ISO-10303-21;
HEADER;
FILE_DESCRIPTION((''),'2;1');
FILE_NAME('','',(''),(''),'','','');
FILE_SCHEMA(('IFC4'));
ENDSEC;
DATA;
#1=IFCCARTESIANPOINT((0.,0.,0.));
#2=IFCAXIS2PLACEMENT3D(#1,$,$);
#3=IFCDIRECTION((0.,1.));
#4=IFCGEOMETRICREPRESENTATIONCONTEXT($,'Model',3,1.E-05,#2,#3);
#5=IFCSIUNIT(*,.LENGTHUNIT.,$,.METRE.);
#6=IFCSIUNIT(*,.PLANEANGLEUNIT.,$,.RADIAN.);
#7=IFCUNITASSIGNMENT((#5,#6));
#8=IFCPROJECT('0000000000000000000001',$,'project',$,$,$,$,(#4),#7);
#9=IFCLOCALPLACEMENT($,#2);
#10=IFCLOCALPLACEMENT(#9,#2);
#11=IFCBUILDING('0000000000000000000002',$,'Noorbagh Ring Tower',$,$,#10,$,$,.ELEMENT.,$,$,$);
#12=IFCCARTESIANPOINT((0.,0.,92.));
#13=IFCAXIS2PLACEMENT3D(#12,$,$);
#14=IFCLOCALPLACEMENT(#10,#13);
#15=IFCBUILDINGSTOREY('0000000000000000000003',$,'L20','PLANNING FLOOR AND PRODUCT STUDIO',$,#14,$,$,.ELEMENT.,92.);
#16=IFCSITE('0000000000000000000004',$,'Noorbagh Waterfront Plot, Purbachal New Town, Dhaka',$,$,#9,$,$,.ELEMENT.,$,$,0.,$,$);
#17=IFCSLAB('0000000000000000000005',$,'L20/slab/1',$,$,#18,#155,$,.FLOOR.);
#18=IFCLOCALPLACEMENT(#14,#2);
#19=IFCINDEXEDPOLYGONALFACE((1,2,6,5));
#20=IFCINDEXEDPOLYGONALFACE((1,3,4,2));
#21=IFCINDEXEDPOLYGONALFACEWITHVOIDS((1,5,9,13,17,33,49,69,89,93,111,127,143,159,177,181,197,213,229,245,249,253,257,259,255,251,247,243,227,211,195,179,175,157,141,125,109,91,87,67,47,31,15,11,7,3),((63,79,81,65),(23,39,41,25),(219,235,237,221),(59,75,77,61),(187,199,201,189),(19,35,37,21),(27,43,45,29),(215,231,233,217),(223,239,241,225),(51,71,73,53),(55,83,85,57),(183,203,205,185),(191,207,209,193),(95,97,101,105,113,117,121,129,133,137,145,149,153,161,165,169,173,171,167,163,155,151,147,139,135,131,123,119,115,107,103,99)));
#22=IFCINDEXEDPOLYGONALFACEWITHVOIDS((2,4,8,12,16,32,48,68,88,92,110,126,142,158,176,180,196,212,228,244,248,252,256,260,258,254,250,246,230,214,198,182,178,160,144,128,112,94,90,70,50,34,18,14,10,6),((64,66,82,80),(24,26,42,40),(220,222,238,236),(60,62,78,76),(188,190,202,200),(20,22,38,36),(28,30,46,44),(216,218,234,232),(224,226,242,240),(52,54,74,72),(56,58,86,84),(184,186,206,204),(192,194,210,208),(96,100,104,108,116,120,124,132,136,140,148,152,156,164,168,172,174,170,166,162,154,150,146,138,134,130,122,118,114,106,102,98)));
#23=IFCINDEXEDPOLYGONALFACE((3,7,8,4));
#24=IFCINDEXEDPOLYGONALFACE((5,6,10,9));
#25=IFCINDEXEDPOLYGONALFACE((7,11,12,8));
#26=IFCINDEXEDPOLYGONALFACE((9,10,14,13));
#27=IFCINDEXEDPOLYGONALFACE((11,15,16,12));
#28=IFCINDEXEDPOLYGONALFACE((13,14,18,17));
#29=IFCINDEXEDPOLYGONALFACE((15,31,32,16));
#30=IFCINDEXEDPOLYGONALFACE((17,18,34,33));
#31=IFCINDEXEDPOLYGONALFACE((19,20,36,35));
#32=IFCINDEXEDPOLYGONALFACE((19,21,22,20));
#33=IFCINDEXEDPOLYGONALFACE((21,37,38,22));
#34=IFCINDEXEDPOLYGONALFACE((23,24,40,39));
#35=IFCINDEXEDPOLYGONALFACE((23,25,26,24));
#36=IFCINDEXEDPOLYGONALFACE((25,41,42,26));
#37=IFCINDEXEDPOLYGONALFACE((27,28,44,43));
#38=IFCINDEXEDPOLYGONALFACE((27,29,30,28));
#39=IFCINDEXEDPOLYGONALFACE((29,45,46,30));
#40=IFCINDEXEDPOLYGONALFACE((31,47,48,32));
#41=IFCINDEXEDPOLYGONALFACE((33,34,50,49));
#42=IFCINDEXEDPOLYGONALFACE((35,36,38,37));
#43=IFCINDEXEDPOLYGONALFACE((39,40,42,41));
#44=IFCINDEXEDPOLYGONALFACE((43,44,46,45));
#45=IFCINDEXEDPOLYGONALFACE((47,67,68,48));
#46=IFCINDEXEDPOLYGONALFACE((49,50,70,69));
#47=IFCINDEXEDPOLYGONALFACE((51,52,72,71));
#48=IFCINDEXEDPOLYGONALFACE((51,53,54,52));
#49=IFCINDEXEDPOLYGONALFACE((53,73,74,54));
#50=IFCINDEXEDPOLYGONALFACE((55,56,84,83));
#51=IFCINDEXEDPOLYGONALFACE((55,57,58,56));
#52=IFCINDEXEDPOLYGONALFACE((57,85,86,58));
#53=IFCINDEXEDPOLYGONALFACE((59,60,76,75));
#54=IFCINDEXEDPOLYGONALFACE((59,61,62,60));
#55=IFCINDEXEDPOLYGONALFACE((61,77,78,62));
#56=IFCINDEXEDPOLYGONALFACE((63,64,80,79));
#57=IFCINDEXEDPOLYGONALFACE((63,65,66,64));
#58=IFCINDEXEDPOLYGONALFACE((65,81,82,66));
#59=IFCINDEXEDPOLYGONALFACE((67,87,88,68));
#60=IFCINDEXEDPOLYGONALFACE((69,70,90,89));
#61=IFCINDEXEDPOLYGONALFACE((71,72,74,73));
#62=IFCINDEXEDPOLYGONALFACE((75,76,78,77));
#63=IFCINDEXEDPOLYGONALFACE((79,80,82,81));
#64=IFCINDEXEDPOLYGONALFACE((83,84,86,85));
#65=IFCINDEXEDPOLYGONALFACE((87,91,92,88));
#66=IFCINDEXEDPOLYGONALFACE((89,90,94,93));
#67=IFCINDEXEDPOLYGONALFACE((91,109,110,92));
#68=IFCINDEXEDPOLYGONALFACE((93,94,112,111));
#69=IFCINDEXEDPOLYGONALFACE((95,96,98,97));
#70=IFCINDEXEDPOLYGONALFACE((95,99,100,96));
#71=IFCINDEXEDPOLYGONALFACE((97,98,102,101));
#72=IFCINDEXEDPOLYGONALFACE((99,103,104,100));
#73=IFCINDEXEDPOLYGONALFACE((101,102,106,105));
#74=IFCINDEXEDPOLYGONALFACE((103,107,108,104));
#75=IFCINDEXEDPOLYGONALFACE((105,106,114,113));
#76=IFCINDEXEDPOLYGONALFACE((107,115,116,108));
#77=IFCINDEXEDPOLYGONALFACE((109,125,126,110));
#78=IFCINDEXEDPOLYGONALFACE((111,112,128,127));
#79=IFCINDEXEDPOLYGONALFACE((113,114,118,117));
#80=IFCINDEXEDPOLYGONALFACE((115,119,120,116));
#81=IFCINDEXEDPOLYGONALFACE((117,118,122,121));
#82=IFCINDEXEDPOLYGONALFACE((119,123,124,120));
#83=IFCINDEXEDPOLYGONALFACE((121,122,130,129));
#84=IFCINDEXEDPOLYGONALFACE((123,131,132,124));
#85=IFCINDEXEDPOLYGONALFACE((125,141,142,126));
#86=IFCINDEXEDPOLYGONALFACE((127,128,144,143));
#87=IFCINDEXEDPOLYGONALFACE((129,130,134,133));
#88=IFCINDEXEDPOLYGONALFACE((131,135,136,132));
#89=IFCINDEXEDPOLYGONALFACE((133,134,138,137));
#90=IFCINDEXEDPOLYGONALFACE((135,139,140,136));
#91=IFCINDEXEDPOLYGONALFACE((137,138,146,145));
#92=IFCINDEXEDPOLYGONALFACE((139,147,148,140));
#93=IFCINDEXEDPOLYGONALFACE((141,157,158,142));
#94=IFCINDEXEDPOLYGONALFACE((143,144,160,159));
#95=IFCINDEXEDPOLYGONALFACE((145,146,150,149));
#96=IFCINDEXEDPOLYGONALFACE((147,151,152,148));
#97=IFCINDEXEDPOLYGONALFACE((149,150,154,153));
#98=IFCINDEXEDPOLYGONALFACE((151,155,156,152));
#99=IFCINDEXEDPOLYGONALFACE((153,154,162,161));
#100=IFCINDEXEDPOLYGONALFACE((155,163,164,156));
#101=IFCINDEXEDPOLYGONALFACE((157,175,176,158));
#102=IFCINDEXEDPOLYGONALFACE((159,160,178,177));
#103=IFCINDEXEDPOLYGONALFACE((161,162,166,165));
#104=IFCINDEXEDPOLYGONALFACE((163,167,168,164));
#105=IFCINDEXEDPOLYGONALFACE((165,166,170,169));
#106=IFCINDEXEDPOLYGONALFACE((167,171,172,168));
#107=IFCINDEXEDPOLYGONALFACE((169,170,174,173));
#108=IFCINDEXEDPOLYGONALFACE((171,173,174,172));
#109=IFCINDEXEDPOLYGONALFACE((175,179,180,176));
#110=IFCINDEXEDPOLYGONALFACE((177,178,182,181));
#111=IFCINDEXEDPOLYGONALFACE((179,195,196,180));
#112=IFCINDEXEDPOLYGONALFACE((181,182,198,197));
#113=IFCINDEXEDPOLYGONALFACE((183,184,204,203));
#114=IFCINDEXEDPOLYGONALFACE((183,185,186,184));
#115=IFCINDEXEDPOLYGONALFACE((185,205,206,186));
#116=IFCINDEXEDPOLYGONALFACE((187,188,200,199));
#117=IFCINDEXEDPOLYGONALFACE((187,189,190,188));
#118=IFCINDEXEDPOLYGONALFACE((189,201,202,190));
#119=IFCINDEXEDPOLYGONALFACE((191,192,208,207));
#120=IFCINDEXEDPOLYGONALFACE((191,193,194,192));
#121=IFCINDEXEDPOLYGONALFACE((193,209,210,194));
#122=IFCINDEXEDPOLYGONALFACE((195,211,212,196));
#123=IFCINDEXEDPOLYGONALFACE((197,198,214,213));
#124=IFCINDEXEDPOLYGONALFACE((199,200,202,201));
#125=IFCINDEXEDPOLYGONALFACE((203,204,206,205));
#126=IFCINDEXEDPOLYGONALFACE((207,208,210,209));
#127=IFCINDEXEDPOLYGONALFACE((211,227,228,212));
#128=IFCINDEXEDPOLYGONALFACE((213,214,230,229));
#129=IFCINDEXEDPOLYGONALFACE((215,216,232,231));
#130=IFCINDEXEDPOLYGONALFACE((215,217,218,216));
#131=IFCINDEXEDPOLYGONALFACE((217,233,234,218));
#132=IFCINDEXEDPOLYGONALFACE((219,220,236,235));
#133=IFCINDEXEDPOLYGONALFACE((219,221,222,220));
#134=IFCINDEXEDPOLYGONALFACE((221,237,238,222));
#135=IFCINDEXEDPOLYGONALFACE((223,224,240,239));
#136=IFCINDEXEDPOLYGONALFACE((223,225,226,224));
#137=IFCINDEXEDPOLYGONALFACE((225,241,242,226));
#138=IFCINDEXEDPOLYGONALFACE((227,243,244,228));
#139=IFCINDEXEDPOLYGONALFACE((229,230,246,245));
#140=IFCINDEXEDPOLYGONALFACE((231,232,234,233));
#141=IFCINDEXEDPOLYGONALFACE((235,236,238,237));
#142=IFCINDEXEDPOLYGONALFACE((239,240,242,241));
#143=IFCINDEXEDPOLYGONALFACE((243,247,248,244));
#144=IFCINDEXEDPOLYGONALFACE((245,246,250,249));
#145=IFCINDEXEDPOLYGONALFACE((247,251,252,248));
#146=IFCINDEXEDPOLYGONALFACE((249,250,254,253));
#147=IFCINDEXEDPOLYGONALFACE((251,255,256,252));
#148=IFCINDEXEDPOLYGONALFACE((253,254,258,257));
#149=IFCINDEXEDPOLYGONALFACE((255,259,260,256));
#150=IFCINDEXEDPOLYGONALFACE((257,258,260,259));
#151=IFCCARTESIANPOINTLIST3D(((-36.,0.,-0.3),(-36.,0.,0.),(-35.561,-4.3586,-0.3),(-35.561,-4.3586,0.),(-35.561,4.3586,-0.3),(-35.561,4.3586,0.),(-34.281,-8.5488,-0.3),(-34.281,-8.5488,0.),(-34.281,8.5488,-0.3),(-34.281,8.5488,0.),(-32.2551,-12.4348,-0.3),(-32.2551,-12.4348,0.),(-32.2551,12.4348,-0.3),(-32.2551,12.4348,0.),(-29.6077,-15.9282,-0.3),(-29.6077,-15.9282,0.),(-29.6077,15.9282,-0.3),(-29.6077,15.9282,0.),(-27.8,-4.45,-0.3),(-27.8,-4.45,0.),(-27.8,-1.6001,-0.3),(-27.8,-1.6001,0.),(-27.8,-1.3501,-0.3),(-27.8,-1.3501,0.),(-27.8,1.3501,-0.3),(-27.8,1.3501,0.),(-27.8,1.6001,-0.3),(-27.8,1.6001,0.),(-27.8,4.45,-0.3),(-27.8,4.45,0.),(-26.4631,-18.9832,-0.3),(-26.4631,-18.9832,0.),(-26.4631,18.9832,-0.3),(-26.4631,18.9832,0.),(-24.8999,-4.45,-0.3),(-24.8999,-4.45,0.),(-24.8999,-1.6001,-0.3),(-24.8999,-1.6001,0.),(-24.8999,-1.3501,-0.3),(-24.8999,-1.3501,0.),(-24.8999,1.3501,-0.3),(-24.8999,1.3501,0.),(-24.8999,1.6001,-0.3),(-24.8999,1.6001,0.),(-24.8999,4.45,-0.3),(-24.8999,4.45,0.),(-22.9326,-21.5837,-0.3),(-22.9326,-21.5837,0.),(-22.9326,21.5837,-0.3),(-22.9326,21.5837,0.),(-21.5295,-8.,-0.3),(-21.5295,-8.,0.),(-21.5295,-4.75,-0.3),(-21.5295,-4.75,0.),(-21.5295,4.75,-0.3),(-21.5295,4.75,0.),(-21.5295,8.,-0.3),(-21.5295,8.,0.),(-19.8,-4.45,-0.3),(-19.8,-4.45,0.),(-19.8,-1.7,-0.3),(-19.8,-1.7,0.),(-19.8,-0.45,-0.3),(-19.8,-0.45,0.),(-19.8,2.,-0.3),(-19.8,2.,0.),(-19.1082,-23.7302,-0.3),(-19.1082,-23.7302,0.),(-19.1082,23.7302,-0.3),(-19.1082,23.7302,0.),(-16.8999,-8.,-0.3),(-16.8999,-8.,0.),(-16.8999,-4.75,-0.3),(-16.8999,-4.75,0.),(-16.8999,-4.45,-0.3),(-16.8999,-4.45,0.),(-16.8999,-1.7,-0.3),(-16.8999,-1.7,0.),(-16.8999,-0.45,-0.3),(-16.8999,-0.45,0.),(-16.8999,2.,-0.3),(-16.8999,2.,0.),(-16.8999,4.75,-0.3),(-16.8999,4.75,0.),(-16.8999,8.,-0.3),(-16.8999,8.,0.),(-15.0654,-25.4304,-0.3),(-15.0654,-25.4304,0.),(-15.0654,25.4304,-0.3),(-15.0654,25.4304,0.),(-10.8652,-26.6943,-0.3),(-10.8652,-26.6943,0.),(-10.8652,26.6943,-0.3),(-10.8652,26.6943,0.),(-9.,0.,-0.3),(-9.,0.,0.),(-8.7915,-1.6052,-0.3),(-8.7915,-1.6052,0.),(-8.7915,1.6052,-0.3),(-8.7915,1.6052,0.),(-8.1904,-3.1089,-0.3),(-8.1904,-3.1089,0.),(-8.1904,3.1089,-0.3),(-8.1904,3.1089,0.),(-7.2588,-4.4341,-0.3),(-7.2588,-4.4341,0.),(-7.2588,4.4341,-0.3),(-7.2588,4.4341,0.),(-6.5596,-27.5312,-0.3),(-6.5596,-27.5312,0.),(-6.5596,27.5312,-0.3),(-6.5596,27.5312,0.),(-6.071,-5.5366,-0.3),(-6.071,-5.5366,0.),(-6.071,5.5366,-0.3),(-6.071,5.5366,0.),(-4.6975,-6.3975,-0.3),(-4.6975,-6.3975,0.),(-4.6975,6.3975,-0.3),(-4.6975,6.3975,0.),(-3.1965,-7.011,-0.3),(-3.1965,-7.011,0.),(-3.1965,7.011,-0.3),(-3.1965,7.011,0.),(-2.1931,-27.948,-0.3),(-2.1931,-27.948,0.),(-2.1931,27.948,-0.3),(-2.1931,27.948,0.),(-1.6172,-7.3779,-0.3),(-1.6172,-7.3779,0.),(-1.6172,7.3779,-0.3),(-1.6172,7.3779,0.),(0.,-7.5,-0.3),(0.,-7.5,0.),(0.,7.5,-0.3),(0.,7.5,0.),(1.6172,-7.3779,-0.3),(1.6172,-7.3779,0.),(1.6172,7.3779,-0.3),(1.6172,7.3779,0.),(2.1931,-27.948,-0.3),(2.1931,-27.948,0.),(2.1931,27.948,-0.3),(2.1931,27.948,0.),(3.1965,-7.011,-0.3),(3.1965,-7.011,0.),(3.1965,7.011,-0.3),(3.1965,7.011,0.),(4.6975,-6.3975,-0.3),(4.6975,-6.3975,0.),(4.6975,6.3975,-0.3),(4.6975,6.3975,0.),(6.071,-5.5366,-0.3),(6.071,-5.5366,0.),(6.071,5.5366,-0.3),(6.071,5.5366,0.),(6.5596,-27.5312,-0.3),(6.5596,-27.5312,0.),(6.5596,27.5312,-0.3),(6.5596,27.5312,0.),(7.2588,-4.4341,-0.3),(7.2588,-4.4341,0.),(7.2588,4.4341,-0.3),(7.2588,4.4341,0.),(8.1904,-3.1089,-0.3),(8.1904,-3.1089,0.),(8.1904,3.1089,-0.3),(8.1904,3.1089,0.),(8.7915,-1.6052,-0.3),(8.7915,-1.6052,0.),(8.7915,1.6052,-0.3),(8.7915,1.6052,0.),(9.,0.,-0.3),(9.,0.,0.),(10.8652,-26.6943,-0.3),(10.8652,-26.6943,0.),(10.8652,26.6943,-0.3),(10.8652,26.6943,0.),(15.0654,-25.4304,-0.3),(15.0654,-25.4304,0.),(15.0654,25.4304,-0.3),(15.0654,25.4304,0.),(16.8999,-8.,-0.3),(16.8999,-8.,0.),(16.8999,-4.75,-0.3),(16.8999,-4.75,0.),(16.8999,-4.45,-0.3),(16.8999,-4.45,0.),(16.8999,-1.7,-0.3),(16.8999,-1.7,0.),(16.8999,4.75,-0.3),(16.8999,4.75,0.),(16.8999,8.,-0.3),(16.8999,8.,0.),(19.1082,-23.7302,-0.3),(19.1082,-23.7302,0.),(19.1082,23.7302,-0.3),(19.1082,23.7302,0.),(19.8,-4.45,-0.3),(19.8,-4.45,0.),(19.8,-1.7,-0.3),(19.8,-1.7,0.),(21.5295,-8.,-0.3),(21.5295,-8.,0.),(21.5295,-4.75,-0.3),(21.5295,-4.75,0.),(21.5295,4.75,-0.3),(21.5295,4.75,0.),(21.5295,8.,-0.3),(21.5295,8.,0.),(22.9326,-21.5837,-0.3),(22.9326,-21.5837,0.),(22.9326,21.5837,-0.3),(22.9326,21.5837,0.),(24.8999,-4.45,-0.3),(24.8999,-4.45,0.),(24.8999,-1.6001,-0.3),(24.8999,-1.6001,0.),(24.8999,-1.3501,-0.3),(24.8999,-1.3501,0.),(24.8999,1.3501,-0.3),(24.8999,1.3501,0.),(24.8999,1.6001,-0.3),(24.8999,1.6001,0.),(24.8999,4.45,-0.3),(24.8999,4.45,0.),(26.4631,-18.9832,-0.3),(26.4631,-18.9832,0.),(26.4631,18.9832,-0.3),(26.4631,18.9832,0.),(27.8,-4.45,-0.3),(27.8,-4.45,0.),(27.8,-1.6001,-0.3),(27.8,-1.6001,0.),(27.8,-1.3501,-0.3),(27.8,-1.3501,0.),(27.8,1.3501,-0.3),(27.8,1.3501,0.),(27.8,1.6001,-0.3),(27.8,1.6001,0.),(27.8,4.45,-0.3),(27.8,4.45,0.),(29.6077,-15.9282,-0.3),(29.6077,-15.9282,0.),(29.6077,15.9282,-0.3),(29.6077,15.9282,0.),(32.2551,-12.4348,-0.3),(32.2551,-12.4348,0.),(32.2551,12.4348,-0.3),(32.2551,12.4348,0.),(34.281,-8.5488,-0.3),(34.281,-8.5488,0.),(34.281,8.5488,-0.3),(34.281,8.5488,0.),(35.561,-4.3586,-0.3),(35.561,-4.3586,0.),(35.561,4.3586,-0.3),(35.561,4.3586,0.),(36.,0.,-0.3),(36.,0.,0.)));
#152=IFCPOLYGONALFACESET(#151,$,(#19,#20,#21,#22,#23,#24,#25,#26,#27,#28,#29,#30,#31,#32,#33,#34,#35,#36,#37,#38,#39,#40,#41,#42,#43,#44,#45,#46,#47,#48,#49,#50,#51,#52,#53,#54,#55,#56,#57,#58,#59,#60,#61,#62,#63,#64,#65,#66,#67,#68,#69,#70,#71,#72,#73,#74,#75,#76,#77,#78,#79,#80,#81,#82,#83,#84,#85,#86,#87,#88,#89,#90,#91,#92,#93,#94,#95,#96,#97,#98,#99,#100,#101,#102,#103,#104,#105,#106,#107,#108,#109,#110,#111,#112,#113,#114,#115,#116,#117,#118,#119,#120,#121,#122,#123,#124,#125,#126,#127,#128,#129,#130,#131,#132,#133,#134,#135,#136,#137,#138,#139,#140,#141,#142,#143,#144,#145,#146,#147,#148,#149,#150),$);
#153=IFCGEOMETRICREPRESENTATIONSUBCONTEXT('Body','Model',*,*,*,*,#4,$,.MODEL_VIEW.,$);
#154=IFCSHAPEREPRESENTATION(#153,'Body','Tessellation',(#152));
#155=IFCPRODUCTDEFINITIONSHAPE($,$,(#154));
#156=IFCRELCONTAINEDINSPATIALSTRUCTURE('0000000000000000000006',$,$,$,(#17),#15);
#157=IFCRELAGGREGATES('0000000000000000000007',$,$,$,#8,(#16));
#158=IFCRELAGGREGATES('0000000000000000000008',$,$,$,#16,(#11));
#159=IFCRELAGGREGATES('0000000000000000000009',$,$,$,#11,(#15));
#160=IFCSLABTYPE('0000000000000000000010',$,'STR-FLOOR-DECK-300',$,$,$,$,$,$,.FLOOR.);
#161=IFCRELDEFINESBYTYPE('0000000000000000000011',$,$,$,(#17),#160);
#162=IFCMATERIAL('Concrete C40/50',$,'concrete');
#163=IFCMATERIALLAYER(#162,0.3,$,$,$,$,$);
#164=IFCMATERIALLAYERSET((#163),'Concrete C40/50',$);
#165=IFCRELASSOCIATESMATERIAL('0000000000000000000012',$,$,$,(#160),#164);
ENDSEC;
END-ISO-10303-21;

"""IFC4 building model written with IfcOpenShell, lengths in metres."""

from ifc_helpers import new_model, si_unit, direction, frame, origin, place, context, subcontext, project, spatial, polyline, outline, extrude, material, layer, layer_set, type_object, element, save


model = new_model("IFC4")

# Units and contexts
model_context = context("Model", 3, precision=1e-05, world=origin(), true_north=direction((0.0, 1.0)))
body_context = subcontext(model_context, "Body", "Model", "MODEL_VIEW")
ifc_project = project(units=[si_unit("LENGTHUNIT", "METRE"), si_unit("PLANEANGLEUNIT", "RADIAN")], contexts=[model_context])

# Site, building, storey
site_placement = place(None, origin())
site = spatial("IfcSite", under=ifc_project, at=site_placement, Name="Noorbagh Waterfront Plot, Purbachal New Town, Dhaka", CompositionType="ELEMENT", RefElevation=0.0)
building_placement = place(site_placement, origin())
building = spatial("IfcBuilding", under=site, at=building_placement, Name="Noorbagh Ring Tower", CompositionType="ELEMENT")
storey_placement = place(building_placement, frame((0.0, 0.0, 92.0)))
storey = spatial("IfcBuildingStorey", under=building, at=storey_placement, Name="L20", Description="PLANNING FLOOR AND PRODUCT STUDIO", CompositionType="ELEMENT", Elevation=92.0)

# Slab
ifc_material_1 = material(Name="Concrete C40/50", Category="concrete")
ifc_layer_1 = layer(ifc_material_1, 0.3)
ifc_layer_set_1 = layer_set([ifc_layer_1], Name="Concrete C40/50")
slab_type_1 = type_object("IfcSlabType", Name="STR-FLOOR-DECK-300", PredefinedType="FLOOR", material=ifc_layer_set_1)
slab_1_placement = place(storey_placement, frame((0.0, 0.0, -0.3)))
element("IfcSlab", 1, at=slab_1_placement, inside=storey, type_object=slab_type_1, Name="L20/slab/1", PredefinedType="FLOOR", context=body_context, shape_type="SweptSolid", body=[
    extrude(outline(polyline([(36.0, 0.0), (35.561, 4.3586), (34.281, 8.5488), (32.2551, 12.4348), (29.6077, 15.9282), (26.4631, 18.9832), (22.9326, 21.5837), (19.1082, 23.7302), (15.0654, 25.4304), (10.8652, 26.6943), (6.5596, 27.5312), (2.1931, 27.948), (-2.1931, 27.948), (-6.5596, 27.5312), (-10.8652, 26.6943), (-15.0654, 25.4304), (-19.1082, 23.7302), (-22.9326, 21.5837), (-26.4631, 18.9832), (-29.6077, 15.9282), (-32.2551, 12.4348), (-34.281, 8.5488), (-35.561, 4.3586), (-36.0, 0.0), (-35.561, -4.3586), (-34.281, -8.5488), (-32.2551, -12.4348), (-29.6077, -15.9282), (-26.4631, -18.9832), (-22.9326, -21.5837), (-19.1082, -23.7302), (-15.0654, -25.4304), (-10.8652, -26.6943), (-6.5596, -27.5312), (-2.1931, -27.948), (2.1931, -27.948), (6.5596, -27.5312), (10.8652, -26.6943), (15.0654, -25.4304), (19.1082, -23.7302), (22.9326, -21.5837), (26.4631, -18.9832), (29.6077, -15.9282), (32.2551, -12.4348), (34.281, -8.5488), (35.561, -4.3586), (36.0, 0.0)]), holes=[polyline([(24.8999, -1.6001), (27.8, -1.6001), (27.8, -4.45), (24.8999, -4.45), (24.8999, -1.6001)]), polyline([(24.8999, 1.3501), (27.8, 1.3501), (27.8, -1.3501), (24.8999, -1.3501), (24.8999, 1.3501)]), polyline([(24.8999, 4.45), (27.8, 4.45), (27.8, 1.6001), (24.8999, 1.6001), (24.8999, 4.45)]), polyline([(21.5295, -4.75), (21.5295, -8.0), (16.8999, -8.0), (16.8999, -4.75), (21.5295, -4.75)]), polyline([(21.5295, 4.75), (16.8999, 4.75), (16.8999, 8.0), (21.5295, 8.0), (21.5295, 4.75)]), polyline([(16.8999, -1.7), (19.8, -1.7), (19.8, -4.45), (16.8999, -4.45), (16.8999, -1.7)]), polyline([(4.6975, -6.3975), (3.1965, -7.011), (1.6172, -7.3779), (0.0, -7.5), (-1.6172, -7.3779), (-3.1965, -7.011), (-4.6975, -6.3975), (-6.071, -5.5366), (-7.2588, -4.4341), (-8.1904, -3.1089), (-8.7915, -1.6052), (-9.0, 0.0), (-8.7915, 1.6052), (-8.1904, 3.1089), (-7.2588, 4.4341), (-6.071, 5.5366), (-4.6975, 6.3975), (-3.1965, 7.011), (-1.6172, 7.3779), (0.0, 7.5), (1.6172, 7.3779), (3.1965, 7.011), (4.6975, 6.3975), (6.071, 5.5366), (7.2588, 4.4341), (8.1904, 3.1089), (8.7915, 1.6052), (9.0, 0.0), (8.7915, -1.6052), (8.1904, -3.1089), (7.2588, -4.4341), (6.071, -5.5366), (4.6975, -6.3975)]), polyline([(-21.5295, -8.0), (-21.5295, -4.75), (-16.8999, -4.75), (-16.8999, -8.0), (-21.5295, -8.0)]), polyline([(-21.5295, 8.0), (-16.8999, 8.0), (-16.8999, 4.75), (-21.5295, 4.75), (-21.5295, 8.0)]), polyline([(-16.8999, -4.45), (-19.8, -4.45), (-19.8, -1.7), (-16.8999, -1.7), (-16.8999, -4.45)]), polyline([(-16.8999, -0.45), (-19.8, -0.45), (-19.8, 2.0), (-16.8999, 2.0), (-16.8999, -0.45)]), polyline([(-24.8999, -4.45), (-27.8, -4.45), (-27.8, -1.6001), (-24.8999, -1.6001), (-24.8999, -4.45)]), polyline([(-24.8999, -1.3501), (-27.8, -1.3501), (-27.8, 1.3501), (-24.8999, 1.3501), (-24.8999, -1.3501)]), polyline([(-24.8999, 1.6001), (-27.8, 1.6001), (-27.8, 4.45), (-24.8999, 4.45), (-24.8999, 1.6001)])]), origin(), (0.0, 0.0, 1.0), 0.3),
])

save(model, "model.ifc")
